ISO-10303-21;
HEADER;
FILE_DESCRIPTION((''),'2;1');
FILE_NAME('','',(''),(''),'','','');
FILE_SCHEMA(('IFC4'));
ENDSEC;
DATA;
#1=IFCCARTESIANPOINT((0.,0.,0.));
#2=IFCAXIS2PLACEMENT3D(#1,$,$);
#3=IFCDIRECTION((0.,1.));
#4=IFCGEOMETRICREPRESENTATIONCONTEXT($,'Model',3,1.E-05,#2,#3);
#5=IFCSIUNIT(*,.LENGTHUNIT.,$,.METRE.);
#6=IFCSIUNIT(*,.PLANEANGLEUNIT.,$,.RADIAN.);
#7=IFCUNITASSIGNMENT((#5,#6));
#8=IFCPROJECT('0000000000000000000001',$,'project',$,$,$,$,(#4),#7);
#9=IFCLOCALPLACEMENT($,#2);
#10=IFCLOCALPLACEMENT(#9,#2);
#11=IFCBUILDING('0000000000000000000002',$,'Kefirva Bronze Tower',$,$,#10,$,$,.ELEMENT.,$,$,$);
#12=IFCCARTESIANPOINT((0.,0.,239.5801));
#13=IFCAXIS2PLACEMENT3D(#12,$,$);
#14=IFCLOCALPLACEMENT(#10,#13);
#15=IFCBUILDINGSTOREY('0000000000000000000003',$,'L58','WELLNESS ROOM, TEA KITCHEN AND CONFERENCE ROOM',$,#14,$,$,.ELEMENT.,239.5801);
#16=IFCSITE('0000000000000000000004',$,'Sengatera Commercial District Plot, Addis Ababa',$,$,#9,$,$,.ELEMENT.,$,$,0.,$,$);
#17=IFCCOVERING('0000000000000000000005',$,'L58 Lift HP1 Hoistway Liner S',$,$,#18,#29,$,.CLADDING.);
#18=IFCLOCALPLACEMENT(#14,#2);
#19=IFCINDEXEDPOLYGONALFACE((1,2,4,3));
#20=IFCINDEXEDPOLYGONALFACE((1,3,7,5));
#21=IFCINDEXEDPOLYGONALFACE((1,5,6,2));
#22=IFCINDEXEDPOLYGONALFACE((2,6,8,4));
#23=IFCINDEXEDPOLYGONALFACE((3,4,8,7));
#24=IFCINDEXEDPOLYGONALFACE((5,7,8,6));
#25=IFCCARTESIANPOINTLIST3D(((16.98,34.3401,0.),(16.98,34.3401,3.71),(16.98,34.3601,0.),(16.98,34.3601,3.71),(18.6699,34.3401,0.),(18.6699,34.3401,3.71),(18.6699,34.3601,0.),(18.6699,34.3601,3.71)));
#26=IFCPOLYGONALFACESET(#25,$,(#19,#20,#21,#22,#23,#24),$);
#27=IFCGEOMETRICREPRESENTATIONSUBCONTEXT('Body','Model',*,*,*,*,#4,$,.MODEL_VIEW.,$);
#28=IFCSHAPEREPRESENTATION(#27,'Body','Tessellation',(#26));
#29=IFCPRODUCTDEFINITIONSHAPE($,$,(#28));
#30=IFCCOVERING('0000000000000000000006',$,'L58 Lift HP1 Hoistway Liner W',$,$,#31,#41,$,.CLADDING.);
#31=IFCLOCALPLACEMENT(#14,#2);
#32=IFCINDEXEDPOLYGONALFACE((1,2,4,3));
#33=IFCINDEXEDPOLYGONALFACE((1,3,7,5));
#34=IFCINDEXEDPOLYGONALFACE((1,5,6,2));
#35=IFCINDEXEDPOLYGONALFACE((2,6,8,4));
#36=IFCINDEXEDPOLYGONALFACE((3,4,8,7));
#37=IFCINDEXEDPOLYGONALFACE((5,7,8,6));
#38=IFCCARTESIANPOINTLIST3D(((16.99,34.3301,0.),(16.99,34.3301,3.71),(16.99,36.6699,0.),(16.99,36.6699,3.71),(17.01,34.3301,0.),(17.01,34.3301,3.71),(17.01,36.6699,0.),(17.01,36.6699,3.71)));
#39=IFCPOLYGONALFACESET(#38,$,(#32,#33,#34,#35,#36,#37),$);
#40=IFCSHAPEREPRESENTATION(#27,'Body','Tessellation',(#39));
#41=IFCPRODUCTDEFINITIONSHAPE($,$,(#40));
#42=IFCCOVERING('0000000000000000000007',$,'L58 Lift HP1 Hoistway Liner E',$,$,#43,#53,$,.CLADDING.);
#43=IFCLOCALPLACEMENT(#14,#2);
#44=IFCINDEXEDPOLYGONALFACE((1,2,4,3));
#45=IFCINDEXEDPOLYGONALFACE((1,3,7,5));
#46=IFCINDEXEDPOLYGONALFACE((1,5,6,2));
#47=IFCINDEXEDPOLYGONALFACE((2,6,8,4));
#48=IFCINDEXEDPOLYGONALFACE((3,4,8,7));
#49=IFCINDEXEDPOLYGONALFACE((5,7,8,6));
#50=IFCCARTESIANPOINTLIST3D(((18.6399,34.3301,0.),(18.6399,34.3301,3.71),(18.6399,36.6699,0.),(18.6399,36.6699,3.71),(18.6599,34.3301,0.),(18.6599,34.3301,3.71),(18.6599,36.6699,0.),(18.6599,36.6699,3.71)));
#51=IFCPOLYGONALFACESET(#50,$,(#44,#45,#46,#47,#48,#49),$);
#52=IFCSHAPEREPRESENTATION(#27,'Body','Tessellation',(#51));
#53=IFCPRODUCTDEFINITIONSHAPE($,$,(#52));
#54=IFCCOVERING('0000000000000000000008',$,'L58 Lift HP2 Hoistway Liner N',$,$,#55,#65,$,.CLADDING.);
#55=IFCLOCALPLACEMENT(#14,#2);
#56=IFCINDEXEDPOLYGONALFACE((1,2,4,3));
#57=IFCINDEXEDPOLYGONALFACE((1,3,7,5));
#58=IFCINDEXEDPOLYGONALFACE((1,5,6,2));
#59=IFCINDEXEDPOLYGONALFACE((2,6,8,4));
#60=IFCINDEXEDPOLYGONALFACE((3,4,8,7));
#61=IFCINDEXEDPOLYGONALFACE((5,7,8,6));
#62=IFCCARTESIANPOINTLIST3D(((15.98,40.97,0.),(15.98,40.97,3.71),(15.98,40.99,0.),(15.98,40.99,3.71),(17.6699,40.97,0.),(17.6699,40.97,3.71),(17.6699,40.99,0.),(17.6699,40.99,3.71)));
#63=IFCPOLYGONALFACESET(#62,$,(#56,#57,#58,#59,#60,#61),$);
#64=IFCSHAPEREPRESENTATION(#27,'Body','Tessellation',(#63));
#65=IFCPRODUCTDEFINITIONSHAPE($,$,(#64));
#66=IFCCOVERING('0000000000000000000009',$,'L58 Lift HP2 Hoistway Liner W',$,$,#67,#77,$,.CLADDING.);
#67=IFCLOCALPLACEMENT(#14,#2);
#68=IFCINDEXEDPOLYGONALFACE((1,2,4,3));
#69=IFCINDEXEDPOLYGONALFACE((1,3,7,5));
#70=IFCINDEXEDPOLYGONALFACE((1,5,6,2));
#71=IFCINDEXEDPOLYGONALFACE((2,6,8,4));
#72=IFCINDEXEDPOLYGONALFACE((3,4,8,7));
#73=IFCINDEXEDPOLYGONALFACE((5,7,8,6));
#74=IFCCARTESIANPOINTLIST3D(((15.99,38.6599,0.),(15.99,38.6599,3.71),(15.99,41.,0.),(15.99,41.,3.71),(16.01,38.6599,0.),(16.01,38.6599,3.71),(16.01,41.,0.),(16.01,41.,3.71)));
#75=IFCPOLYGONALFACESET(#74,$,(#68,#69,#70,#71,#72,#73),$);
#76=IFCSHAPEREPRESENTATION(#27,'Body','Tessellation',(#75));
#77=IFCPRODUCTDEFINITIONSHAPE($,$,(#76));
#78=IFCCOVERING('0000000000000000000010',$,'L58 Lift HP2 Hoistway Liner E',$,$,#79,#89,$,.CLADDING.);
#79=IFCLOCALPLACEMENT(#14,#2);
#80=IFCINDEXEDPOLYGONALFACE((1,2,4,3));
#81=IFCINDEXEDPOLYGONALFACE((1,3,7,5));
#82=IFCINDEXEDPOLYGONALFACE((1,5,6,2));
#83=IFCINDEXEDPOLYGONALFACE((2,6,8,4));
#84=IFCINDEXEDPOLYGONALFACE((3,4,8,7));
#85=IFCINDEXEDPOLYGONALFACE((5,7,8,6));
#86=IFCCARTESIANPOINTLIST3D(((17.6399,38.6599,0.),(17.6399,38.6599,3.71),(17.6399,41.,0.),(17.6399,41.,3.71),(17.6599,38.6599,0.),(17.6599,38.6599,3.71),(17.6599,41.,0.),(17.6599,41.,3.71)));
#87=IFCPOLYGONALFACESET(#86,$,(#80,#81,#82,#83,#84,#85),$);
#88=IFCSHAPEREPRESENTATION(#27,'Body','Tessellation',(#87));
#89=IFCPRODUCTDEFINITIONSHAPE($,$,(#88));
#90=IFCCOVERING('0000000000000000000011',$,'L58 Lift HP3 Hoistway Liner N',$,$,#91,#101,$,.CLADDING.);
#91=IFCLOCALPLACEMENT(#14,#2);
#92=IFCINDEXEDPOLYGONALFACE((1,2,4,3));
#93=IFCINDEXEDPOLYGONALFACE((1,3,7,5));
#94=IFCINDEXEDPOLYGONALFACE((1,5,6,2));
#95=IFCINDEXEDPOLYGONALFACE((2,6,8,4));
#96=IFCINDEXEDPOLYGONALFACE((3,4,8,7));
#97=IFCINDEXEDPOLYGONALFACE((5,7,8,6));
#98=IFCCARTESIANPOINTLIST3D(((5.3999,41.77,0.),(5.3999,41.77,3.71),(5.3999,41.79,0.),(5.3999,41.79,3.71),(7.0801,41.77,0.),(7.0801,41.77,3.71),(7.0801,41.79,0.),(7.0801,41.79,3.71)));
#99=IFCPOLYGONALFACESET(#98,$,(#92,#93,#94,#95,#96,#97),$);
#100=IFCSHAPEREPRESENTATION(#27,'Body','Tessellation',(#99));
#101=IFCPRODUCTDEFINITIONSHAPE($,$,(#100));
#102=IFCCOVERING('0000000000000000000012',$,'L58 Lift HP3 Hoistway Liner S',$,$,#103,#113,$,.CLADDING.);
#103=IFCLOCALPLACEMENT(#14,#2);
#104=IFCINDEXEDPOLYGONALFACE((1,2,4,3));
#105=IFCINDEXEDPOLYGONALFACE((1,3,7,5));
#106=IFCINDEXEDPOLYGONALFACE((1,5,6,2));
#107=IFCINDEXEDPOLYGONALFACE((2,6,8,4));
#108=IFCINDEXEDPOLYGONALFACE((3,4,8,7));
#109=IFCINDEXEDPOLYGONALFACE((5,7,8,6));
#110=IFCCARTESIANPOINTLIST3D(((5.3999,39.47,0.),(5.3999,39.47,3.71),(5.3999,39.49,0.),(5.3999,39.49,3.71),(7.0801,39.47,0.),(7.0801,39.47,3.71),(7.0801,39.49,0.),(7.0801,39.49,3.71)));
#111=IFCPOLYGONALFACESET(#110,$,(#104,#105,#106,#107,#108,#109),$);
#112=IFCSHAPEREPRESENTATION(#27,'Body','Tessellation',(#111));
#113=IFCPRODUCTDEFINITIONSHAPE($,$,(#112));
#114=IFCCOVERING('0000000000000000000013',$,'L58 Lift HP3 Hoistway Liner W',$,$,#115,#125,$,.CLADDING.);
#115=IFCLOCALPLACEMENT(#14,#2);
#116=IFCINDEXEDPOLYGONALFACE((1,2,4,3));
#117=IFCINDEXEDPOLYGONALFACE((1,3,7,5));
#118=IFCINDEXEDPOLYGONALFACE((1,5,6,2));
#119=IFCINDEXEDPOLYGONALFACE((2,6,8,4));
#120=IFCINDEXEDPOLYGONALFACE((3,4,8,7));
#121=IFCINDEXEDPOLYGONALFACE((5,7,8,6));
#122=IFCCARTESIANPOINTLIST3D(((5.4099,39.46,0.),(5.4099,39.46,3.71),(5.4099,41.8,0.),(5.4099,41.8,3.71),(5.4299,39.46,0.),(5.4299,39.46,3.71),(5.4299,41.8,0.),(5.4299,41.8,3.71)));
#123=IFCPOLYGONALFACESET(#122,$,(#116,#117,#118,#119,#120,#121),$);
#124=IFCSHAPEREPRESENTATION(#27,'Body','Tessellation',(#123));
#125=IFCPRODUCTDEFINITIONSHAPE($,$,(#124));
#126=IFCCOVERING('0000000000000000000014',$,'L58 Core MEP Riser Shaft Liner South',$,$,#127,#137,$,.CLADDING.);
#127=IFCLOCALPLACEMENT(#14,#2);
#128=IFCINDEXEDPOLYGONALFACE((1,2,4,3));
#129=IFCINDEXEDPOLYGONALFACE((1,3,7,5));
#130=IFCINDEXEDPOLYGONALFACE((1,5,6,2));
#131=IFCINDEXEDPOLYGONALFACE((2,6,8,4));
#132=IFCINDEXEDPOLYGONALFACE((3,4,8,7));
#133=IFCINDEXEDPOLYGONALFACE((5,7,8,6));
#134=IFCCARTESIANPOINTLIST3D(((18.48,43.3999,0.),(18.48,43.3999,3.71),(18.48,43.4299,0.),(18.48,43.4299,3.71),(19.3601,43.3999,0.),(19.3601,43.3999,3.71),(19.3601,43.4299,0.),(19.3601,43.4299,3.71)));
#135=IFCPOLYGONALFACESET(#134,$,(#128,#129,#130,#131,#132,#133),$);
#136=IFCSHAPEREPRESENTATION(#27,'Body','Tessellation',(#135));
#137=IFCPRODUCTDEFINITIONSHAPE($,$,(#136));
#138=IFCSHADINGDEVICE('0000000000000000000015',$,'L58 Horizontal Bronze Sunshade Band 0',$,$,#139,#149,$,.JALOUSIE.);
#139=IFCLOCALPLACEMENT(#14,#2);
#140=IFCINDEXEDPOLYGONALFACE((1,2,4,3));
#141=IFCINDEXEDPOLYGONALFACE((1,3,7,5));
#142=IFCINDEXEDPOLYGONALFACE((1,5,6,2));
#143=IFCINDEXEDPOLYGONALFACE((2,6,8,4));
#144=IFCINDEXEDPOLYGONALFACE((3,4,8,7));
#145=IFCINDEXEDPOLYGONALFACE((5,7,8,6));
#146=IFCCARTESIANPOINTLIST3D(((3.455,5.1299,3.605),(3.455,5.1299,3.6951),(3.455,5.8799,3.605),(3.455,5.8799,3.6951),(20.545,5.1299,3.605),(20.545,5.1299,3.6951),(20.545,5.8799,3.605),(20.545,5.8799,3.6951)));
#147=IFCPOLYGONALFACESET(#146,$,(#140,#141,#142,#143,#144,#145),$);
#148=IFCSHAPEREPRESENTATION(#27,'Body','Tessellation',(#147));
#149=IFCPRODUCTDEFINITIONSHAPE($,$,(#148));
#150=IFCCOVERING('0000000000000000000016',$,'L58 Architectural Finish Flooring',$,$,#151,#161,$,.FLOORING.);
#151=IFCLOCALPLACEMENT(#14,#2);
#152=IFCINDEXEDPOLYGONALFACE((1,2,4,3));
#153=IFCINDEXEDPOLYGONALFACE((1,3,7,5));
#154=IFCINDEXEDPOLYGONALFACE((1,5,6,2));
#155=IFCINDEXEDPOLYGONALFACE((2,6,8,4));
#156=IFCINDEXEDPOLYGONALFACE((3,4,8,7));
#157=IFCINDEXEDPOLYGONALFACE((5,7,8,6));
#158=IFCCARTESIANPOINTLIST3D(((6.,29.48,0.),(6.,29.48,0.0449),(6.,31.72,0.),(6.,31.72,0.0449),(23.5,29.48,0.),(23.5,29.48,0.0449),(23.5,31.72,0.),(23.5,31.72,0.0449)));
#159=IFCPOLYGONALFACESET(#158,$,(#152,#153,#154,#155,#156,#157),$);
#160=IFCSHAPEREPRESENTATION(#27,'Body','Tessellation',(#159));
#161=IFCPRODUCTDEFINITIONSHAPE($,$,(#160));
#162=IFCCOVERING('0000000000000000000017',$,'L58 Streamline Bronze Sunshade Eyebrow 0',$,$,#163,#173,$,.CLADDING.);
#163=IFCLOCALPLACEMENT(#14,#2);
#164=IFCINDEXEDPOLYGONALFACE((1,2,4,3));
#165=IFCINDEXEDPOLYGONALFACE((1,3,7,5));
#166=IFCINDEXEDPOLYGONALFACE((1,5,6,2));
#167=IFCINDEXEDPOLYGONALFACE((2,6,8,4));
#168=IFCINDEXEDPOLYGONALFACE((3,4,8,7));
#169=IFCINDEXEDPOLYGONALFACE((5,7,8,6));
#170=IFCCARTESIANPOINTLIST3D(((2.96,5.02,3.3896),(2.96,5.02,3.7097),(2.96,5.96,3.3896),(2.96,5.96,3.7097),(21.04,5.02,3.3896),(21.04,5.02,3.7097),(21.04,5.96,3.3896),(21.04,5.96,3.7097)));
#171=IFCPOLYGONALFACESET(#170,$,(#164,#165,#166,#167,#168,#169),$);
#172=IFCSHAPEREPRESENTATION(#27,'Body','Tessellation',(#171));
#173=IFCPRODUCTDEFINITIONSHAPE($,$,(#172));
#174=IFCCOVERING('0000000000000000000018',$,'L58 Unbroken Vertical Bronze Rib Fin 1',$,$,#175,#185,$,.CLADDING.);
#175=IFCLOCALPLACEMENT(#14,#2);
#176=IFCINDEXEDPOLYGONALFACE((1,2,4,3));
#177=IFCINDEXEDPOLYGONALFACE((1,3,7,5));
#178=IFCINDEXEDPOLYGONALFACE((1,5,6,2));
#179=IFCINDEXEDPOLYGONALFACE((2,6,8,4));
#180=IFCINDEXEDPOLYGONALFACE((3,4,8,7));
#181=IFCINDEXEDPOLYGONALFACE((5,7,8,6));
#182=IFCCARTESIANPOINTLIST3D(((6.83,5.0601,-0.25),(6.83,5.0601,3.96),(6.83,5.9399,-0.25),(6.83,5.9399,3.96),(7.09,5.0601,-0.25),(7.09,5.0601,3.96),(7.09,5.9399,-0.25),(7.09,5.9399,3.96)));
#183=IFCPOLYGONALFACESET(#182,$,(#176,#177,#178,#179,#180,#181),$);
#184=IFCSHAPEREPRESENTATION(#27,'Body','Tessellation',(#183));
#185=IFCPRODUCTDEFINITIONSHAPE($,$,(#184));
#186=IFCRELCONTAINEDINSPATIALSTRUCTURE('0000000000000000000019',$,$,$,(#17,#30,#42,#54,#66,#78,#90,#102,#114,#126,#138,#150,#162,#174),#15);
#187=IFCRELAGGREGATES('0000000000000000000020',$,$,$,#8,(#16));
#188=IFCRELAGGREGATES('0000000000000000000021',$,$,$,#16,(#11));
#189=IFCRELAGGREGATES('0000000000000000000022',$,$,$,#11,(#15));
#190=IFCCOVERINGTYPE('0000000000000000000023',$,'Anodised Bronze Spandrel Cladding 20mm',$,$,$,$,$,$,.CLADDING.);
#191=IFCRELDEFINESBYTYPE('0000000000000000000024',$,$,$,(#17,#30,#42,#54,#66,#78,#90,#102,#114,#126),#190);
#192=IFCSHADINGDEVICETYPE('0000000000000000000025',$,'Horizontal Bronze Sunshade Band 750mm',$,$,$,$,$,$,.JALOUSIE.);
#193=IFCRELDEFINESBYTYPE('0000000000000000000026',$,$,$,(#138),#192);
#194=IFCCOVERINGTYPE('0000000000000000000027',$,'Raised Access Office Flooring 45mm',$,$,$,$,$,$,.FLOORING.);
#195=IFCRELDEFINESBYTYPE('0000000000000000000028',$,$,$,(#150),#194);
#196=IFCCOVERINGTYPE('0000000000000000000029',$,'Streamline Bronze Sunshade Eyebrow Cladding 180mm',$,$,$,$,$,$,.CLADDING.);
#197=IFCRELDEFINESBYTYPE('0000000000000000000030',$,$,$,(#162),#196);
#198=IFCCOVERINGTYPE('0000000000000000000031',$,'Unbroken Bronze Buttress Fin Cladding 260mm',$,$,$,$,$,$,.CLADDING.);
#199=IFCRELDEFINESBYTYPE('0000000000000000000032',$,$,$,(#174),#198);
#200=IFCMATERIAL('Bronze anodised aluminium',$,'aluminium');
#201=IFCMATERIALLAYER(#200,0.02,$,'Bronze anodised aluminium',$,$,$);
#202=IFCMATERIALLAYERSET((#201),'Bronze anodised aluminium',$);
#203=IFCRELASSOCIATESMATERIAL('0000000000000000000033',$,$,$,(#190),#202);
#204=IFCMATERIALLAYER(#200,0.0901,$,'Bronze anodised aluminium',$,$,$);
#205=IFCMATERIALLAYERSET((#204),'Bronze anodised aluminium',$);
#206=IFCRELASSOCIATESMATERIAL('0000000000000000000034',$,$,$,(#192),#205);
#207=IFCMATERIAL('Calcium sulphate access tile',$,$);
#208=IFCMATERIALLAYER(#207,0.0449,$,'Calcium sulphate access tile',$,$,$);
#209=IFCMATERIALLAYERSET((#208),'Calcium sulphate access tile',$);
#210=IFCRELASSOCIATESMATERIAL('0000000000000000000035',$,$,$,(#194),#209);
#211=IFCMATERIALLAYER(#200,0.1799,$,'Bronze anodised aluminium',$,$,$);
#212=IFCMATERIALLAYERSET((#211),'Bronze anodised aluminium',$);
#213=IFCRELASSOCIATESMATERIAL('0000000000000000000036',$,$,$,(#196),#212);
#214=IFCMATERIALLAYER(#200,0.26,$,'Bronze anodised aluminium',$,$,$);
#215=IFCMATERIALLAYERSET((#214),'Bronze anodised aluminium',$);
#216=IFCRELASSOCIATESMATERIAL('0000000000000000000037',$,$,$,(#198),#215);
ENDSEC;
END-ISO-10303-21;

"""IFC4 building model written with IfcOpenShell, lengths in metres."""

from ifc_helpers import new_model, si_unit, direction, frame, origin, origin_2d, place, context, subcontext, project, spatial, polyline, rectangle, outline, extrude, material, layer, layer_set, type_object, element, save


model = new_model("IFC4")

# Units and contexts
model_context = context("Model", 3, precision=1e-05, world=origin(), true_north=direction((0.0, 1.0)))
body_context = subcontext(model_context, "Body", "Model", "MODEL_VIEW")
ifc_project = project(units=[si_unit("LENGTHUNIT", "METRE"), si_unit("PLANEANGLEUNIT", "RADIAN")], contexts=[model_context])

# Site, building, storey
site_placement = place(None, origin())
site = spatial("IfcSite", under=ifc_project, at=site_placement, Name="Sengatera Commercial District Plot, Addis Ababa", CompositionType="ELEMENT", RefElevation=0.0)
building_placement = place(site_placement, origin())
building = spatial("IfcBuilding", under=site, at=building_placement, Name="Kefirva Bronze Tower", CompositionType="ELEMENT")
storey_placement = place(building_placement, frame((0.0, 0.0, 239.5801)))
storey = spatial("IfcBuildingStorey", under=building, at=storey_placement, Name="L58", Description="WELLNESS ROOM, TEA KITCHEN AND CONFERENCE ROOM", CompositionType="ELEMENT", Elevation=239.5801)

# Coverings
ifc_material_1 = material(Name="Bronze anodised aluminium", Category="aluminium")
ifc_layer_1 = layer(ifc_material_1, 0.02, Name="Bronze anodised aluminium")
ifc_layer_set_1 = layer_set([ifc_layer_1], Name="Bronze anodised aluminium")
covering_type_1 = type_object("IfcCoveringType", Name="Anodised Bronze Spandrel Cladding 20mm", PredefinedType="CLADDING", material=ifc_layer_set_1)
covering_1_placement = place(storey_placement, origin())
element("IfcCovering", 1, at=covering_1_placement, inside=storey, type_object=covering_type_1, Name="L58 Lift HP1 Hoistway Liner S", PredefinedType="CLADDING", context=body_context, shape_type="SweptSolid", body=[
    extrude(outline(polyline([(16.98, 34.3401), (18.6699, 34.3401), (18.6699, 34.3601), (16.98, 34.3601), (16.98, 34.3401)])), origin(), (0.0, 0.0, 1.0), 3.71),
])
covering_2_placement = place(storey_placement, origin())
element("IfcCovering", 2, at=covering_2_placement, inside=storey, type_object=covering_type_1, Name="L58 Lift HP1 Hoistway Liner W", PredefinedType="CLADDING", context=body_context, shape_type="SweptSolid", body=[
    extrude(outline(polyline([(16.99, 34.3301), (17.01, 34.3301), (17.01, 36.6699), (16.99, 36.6699), (16.99, 34.3301)])), origin(), (0.0, 0.0, 1.0), 3.71),
])
covering_3_placement = place(storey_placement, origin())
element("IfcCovering", 3, at=covering_3_placement, inside=storey, type_object=covering_type_1, Name="L58 Lift HP1 Hoistway Liner E", PredefinedType="CLADDING", context=body_context, shape_type="SweptSolid", body=[
    extrude(outline(polyline([(18.6399, 34.3301), (18.6599, 34.3301), (18.6599, 36.6699), (18.6399, 36.6699), (18.6399, 34.3301)])), origin(), (0.0, 0.0, 1.0), 3.71),
])
covering_4_placement = place(storey_placement, origin())
element("IfcCovering", 4, at=covering_4_placement, inside=storey, type_object=covering_type_1, Name="L58 Lift HP2 Hoistway Liner N", PredefinedType="CLADDING", context=body_context, shape_type="SweptSolid", body=[
    extrude(outline(polyline([(15.98, 40.97), (17.6699, 40.97), (17.6699, 40.99), (15.98, 40.99), (15.98, 40.97)])), origin(), (0.0, 0.0, 1.0), 3.71),
])
covering_5_placement = place(storey_placement, origin())
element("IfcCovering", 5, at=covering_5_placement, inside=storey, type_object=covering_type_1, Name="L58 Lift HP2 Hoistway Liner W", PredefinedType="CLADDING", context=body_context, shape_type="SweptSolid", body=[
    extrude(outline(polyline([(15.99, 38.6599), (16.01, 38.6599), (16.01, 41.0), (15.99, 41.0), (15.99, 38.6599)])), origin(), (0.0, 0.0, 1.0), 3.71),
])
covering_6_placement = place(storey_placement, origin())
element("IfcCovering", 6, at=covering_6_placement, inside=storey, type_object=covering_type_1, Name="L58 Lift HP2 Hoistway Liner E", PredefinedType="CLADDING", context=body_context, shape_type="SweptSolid", body=[
    extrude(outline(polyline([(17.6399, 38.6599), (17.6599, 38.6599), (17.6599, 41.0), (17.6399, 41.0), (17.6399, 38.6599)])), origin(), (0.0, 0.0, 1.0), 3.71),
])
covering_7_placement = place(storey_placement, origin())
element("IfcCovering", 7, at=covering_7_placement, inside=storey, type_object=covering_type_1, Name="L58 Lift HP3 Hoistway Liner N", PredefinedType="CLADDING", context=body_context, shape_type="SweptSolid", body=[
    extrude(outline(polyline([(5.3999, 41.77), (7.0801, 41.77), (7.0801, 41.79), (5.3999, 41.79), (5.3999, 41.77)])), origin(), (0.0, 0.0, 1.0), 3.71),
])
covering_8_placement = place(storey_placement, origin())
element("IfcCovering", 8, at=covering_8_placement, inside=storey, type_object=covering_type_1, Name="L58 Lift HP3 Hoistway Liner S", PredefinedType="CLADDING", context=body_context, shape_type="SweptSolid", body=[
    extrude(outline(polyline([(5.3999, 39.47), (7.0801, 39.47), (7.0801, 39.49), (5.3999, 39.49), (5.3999, 39.47)])), origin(), (0.0, 0.0, 1.0), 3.71),
])
covering_9_placement = place(storey_placement, origin())
element("IfcCovering", 9, at=covering_9_placement, inside=storey, type_object=covering_type_1, Name="L58 Lift HP3 Hoistway Liner W", PredefinedType="CLADDING", context=body_context, shape_type="SweptSolid", body=[
    extrude(outline(polyline([(5.4099, 39.46), (5.4299, 39.46), (5.4299, 41.8), (5.4099, 41.8), (5.4099, 39.46)])), origin(), (0.0, 0.0, 1.0), 3.71),
])
covering_10_placement = place(storey_placement, origin())
element("IfcCovering", 10, at=covering_10_placement, inside=storey, type_object=covering_type_1, Name="L58 Core MEP Riser Shaft Liner South", PredefinedType="CLADDING", context=body_context, shape_type="SweptSolid", body=[
    extrude(outline(polyline([(18.48, 43.3999), (19.3601, 43.3999), (19.3601, 43.4299), (18.48, 43.4299), (18.48, 43.3999)])), origin(), (0.0, 0.0, 1.0), 3.71),
])

# Shading device
ifc_layer_2 = layer(ifc_material_1, 0.0901, Name="Bronze anodised aluminium")
ifc_layer_set_2 = layer_set([ifc_layer_2], Name="Bronze anodised aluminium")
shading_device_type = type_object("IfcShadingDeviceType", Name="Horizontal Bronze Sunshade Band 750mm", PredefinedType="JALOUSIE", material=ifc_layer_set_2)
shading_device_placement = place(storey_placement, frame((12.0, 5.5049, 3.605), z_axis=(0.0, 0.0, 1.0), x_axis=(1.0, 0.0, 0.0)))
element("IfcShadingDevice", 11, at=shading_device_placement, inside=storey, type_object=shading_device_type, Name="L58 Horizontal Bronze Sunshade Band 0", PredefinedType="JALOUSIE", context=body_context, shape_type="SweptSolid", body=[
    extrude(rectangle(XDim=17.0901, YDim=0.75, at=origin_2d()), origin(), (0.0, 0.0, 1.0), 0.0901),
])

# Coverings
ifc_material_2 = material(Name="Calcium sulphate access tile")
ifc_layer_3 = layer(ifc_material_2, 0.0449, Name="Calcium sulphate access tile")
ifc_layer_set_3 = layer_set([ifc_layer_3], Name="Calcium sulphate access tile")
covering_type_2 = type_object("IfcCoveringType", Name="Raised Access Office Flooring 45mm", PredefinedType="FLOORING", material=ifc_layer_set_3)
covering_11_placement = place(storey_placement, origin())
element("IfcCovering", 12, at=covering_11_placement, inside=storey, type_object=covering_type_2, Name="L58 Architectural Finish Flooring", PredefinedType="FLOORING", context=body_context, shape_type="SweptSolid", body=[
    extrude(outline(polyline([(6.0, 29.48), (23.5, 29.48), (23.5, 31.72), (6.0, 31.72), (6.0, 29.48)])), origin(), (0.0, 0.0, 1.0), 0.0449),
])
ifc_layer_4 = layer(ifc_material_1, 0.1799, Name="Bronze anodised aluminium")
ifc_layer_set_4 = layer_set([ifc_layer_4], Name="Bronze anodised aluminium")
covering_type_3 = type_object("IfcCoveringType", Name="Streamline Bronze Sunshade Eyebrow Cladding 180mm", PredefinedType="CLADDING", material=ifc_layer_set_4)
covering_12_placement = place(storey_placement, frame((12.0, 5.49, 3.3896), z_axis=(0.0, 0.0, 1.0), x_axis=(1.0, 0.0, 0.0)))
element("IfcCovering", 13, at=covering_12_placement, inside=storey, type_object=covering_type_3, Name="L58 Streamline Bronze Sunshade Eyebrow 0", PredefinedType="CLADDING", context=body_context, shape_type="SweptSolid", body=[
    extrude(rectangle(XDim=18.0801, YDim=0.9399, at=origin_2d()), origin(), (0.0, 0.0, 1.0), 0.3201),
])
ifc_layer_5 = layer(ifc_material_1, 0.26, Name="Bronze anodised aluminium")
ifc_layer_set_5 = layer_set([ifc_layer_5], Name="Bronze anodised aluminium")
covering_type_4 = type_object("IfcCoveringType", Name="Unbroken Bronze Buttress Fin Cladding 260mm", PredefinedType="CLADDING", material=ifc_layer_set_5)
covering_13_placement = place(storey_placement, frame((6.96, 5.5, -0.25), z_axis=(0.0, 0.0, 1.0), x_axis=(1.0, 0.0, 0.0)))
element("IfcCovering", 14, at=covering_13_placement, inside=storey, type_object=covering_type_4, Name="L58 Unbroken Vertical Bronze Rib Fin 1", PredefinedType="CLADDING", context=body_context, shape_type="SweptSolid", body=[
    extrude(rectangle(XDim=0.26, YDim=0.8799, at=origin_2d()), origin(), (0.0, 0.0, 1.0), 4.21),
])

save(model, "model.ifc")
